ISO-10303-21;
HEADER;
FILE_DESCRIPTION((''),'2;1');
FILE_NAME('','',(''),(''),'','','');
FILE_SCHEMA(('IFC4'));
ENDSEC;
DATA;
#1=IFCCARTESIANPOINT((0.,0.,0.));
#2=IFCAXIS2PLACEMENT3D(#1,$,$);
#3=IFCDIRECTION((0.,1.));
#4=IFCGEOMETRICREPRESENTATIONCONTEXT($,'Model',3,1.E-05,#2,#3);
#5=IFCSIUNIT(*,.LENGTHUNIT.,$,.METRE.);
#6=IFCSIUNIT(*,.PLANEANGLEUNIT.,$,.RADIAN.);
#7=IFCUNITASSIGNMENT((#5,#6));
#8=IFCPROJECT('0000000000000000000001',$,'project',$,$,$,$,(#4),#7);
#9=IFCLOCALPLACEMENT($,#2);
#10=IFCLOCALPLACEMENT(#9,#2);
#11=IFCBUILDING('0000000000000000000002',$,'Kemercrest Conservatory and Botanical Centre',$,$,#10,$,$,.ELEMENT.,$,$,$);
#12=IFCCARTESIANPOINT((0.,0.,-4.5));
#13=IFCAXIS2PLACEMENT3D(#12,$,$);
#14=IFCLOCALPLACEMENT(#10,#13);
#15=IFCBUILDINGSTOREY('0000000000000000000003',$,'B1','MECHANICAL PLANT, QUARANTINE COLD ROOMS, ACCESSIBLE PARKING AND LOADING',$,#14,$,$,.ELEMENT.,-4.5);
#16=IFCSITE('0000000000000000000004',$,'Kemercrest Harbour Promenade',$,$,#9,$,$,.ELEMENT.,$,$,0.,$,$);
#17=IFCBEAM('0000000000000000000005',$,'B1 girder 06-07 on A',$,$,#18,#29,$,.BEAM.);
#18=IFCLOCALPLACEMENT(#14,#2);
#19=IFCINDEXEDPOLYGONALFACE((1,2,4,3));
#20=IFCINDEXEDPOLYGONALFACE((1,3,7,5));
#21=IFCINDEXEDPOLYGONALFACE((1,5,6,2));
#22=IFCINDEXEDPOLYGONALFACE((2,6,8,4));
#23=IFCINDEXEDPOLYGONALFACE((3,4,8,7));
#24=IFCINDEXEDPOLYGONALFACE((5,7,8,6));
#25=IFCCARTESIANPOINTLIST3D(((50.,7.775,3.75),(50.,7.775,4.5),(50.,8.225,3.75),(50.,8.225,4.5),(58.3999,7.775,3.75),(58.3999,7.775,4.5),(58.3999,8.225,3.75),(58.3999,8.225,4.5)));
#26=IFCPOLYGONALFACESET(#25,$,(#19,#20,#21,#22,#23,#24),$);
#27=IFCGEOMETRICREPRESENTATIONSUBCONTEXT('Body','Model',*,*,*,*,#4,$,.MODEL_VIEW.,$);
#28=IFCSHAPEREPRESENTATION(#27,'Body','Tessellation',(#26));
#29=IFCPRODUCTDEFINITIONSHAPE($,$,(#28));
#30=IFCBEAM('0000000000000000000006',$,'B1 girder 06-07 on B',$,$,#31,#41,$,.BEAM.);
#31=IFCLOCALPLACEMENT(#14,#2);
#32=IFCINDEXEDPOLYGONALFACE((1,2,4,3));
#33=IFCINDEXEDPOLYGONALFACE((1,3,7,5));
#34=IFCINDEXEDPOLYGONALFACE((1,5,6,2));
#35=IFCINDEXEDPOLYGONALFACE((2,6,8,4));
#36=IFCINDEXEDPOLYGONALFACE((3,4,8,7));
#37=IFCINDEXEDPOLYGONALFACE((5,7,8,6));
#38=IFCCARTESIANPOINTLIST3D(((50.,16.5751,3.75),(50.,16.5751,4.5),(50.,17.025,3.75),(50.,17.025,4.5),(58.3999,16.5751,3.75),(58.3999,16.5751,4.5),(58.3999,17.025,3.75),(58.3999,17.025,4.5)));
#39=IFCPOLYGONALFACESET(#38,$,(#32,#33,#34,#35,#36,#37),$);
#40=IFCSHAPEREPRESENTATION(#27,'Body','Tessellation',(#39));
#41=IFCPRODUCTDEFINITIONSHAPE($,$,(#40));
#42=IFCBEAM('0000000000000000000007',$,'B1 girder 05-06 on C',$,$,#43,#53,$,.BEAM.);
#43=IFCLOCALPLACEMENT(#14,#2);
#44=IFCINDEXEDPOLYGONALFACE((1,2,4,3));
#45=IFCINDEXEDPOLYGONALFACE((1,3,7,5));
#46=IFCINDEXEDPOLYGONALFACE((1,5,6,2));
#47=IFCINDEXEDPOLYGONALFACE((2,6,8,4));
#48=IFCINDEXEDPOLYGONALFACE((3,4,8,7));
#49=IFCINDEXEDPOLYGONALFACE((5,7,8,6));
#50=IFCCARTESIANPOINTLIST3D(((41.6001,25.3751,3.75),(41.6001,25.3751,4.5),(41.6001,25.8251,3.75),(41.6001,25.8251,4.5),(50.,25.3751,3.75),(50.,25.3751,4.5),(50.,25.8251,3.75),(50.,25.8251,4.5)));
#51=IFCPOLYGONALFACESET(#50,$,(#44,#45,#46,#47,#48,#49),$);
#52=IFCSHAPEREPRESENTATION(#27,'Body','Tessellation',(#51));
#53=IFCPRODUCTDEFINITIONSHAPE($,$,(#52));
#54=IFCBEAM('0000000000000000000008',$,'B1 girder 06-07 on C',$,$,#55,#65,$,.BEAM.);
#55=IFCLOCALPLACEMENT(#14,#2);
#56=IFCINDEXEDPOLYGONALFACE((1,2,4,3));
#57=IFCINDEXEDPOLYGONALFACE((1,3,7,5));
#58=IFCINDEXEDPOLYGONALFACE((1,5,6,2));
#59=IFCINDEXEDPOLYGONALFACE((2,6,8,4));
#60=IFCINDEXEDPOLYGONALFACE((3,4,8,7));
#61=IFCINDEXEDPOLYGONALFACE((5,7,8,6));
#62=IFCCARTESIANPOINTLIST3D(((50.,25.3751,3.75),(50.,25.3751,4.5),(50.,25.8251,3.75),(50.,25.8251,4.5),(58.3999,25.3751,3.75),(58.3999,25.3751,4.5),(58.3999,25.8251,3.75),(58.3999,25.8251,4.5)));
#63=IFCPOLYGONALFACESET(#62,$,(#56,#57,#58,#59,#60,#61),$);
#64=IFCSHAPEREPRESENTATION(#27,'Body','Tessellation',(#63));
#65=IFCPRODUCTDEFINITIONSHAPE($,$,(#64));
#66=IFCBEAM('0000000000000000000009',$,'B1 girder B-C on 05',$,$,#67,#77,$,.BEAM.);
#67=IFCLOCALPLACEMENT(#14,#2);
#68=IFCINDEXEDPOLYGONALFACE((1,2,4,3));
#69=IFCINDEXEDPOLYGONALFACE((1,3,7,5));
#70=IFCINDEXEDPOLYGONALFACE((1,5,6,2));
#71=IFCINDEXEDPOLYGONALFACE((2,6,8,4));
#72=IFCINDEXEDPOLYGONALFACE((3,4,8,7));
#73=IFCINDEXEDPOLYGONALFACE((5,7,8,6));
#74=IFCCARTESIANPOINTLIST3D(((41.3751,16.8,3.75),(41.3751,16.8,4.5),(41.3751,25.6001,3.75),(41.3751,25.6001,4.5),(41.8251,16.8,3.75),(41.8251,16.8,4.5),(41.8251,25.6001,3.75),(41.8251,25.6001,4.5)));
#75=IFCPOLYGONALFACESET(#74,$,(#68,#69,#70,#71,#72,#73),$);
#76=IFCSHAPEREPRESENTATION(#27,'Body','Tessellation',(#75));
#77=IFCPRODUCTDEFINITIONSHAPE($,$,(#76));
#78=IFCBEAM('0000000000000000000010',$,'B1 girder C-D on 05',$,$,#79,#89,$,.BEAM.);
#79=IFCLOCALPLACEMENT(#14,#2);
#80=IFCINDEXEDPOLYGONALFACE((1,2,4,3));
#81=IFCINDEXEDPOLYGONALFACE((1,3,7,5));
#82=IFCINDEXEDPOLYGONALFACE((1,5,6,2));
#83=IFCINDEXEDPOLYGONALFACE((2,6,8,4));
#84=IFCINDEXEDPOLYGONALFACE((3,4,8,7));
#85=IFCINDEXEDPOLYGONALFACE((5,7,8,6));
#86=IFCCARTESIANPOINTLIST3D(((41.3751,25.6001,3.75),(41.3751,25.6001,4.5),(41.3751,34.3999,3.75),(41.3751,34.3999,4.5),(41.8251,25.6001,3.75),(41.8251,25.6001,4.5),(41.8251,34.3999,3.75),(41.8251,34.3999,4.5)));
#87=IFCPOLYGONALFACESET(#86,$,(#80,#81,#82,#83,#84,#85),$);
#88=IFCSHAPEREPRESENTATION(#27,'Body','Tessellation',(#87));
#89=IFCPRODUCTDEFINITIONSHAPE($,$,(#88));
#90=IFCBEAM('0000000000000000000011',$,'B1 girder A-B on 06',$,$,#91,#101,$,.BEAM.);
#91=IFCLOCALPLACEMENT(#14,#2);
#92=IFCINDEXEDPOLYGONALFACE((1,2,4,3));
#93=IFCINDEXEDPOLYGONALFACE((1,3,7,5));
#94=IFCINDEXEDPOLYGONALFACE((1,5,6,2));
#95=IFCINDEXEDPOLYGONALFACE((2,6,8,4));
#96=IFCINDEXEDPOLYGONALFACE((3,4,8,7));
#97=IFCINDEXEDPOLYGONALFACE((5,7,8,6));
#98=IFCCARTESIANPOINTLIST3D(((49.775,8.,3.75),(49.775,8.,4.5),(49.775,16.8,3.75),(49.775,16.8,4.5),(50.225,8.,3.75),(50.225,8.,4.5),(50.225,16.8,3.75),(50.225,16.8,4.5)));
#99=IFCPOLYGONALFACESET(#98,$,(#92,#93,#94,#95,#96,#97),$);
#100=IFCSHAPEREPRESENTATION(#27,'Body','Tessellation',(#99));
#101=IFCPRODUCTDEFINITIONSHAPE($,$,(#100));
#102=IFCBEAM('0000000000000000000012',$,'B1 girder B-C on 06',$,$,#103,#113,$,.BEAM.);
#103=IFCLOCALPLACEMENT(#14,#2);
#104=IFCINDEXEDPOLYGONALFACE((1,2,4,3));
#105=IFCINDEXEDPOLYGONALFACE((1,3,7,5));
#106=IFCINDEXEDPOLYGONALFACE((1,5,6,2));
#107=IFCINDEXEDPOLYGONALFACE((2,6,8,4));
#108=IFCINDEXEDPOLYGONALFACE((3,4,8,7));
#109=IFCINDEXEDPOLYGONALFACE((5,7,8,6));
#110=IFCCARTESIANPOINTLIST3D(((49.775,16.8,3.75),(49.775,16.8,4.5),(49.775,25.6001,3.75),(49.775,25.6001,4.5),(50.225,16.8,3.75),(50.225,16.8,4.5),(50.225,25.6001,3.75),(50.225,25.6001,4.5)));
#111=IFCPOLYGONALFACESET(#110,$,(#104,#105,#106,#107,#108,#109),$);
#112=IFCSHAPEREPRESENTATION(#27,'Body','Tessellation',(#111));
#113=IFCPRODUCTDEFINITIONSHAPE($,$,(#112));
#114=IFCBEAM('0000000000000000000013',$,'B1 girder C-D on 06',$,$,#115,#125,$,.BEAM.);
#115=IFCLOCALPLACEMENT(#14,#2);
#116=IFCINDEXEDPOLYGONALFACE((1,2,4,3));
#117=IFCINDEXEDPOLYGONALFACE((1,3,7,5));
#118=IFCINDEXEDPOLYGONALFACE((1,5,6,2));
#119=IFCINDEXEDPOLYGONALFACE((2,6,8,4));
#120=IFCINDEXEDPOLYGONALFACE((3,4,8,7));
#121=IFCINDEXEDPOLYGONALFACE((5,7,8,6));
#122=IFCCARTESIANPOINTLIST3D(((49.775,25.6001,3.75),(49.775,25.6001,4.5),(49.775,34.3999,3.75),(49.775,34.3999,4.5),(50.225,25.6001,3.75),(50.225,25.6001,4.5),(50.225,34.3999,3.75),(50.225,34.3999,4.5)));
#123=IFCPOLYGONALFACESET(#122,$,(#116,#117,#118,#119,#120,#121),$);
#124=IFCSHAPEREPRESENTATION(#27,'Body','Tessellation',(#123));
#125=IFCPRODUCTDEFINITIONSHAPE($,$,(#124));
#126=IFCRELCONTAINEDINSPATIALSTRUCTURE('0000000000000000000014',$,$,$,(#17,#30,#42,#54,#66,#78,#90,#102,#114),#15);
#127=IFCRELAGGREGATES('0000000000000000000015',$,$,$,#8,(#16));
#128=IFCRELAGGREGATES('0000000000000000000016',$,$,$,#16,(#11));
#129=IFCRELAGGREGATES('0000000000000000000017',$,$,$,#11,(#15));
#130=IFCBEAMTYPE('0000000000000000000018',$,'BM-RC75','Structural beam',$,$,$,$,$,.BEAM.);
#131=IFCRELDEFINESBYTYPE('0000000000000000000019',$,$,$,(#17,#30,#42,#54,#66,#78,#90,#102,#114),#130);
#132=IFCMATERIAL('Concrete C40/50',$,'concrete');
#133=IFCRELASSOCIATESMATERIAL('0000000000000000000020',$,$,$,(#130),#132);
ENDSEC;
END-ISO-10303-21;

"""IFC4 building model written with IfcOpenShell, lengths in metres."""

from ifc_helpers import new_model, si_unit, direction, frame, origin, origin_2d, place, context, subcontext, project, spatial, rectangle, extrude, material, material_profile, profile_set, type_object, element, save


model = new_model("IFC4")

# Units and contexts
model_context = context("Model", 3, precision=1e-05, world=origin(), true_north=direction((0.0, 1.0)))
body_context = subcontext(model_context, "Body", "Model", "MODEL_VIEW")
ifc_project = project(units=[si_unit("LENGTHUNIT", "METRE"), si_unit("PLANEANGLEUNIT", "RADIAN")], contexts=[model_context])

# Site, building, storey
site_placement = place(None, origin())
site = spatial("IfcSite", under=ifc_project, at=site_placement, Name="Kemercrest Harbour Promenade", CompositionType="ELEMENT", RefElevation=0.0)
building_placement = place(site_placement, origin())
building = spatial("IfcBuilding", under=site, at=building_placement, Name="Kemercrest Conservatory and Botanical Centre", CompositionType="ELEMENT")
storey_placement = place(building_placement, frame((0.0, 0.0, -4.5)))
storey = spatial("IfcBuildingStorey", under=building, at=storey_placement, Name="B1", Description="MECHANICAL PLANT, QUARANTINE COLD ROOMS, ACCESSIBLE PARKING AND LOADING", CompositionType="ELEMENT", Elevation=-4.5)

# Shared definitions
ifc_material_1 = material(Name="Concrete C40/50", Category="concrete")

# Beams
ifc_material_profile_1 = material_profile(ifc_material_1, rectangle(XDim=0.45, YDim=0.75, at=origin_2d()), Name="RC 450x750")
ifc_profile_set_1 = profile_set([ifc_material_profile_1], Name="Concrete C40/50")
beam_type = type_object("IfcBeamType", Name="BM-RC75", Description="Structural beam", PredefinedType="BEAM", material=ifc_profile_set_1)
for number, where, z_axis, x_axis, name in (
    (1, (50.0, 8.0, 4.125), (1.0, 0.0, 0.0), (0.0, 1.0, 0.0), "B1 girder 06-07 on A"),
    (2, (50.0, 16.8, 4.125), (1.0, 0.0, 0.0), (0.0, 1.0, 0.0), "B1 girder 06-07 on B"),
    (3, (41.6001, 25.6001, 4.125), (1.0, 0.0, 0.0), (0.0, 1.0, 0.0), "B1 girder 05-06 on C"),
    (4, (50.0, 25.6001, 4.125), (1.0, 0.0, 0.0), (0.0, 1.0, 0.0), "B1 girder 06-07 on C"),
):
    element("IfcBeam", number, at=place(storey_placement, frame(where, z_axis=z_axis, x_axis=x_axis)), inside=storey, type_object=beam_type, Name=name, PredefinedType="BEAM", context=body_context, shape_type="SweptSolid", body=[
        extrude(rectangle(XDim=0.45, YDim=0.75, at=origin_2d()), origin(), (0.0, 0.0, 1.0), 8.3999),
    ])
beam_1_placement = place(storey_placement, frame((41.6001, 16.8, 4.125), z_axis=(0.0, 1.0, 0.0), x_axis=(-1.0, 0.0, 0.0)))
element("IfcBeam", 5, at=beam_1_placement, inside=storey, type_object=beam_type, Name="B1 girder B-C on 05", PredefinedType="BEAM", context=body_context, shape_type="SweptSolid", body=[
    extrude(rectangle(XDim=0.45, YDim=0.75, at=origin_2d()), origin(), (0.0, 0.0, 1.0), 8.8),
])
beam_2_placement = place(storey_placement, frame((41.6001, 25.6001, 4.125), z_axis=(0.0, 1.0, 0.0), x_axis=(-1.0, 0.0, 0.0)))
element("IfcBeam", 6, at=beam_2_placement, inside=storey, type_object=beam_type, Name="B1 girder C-D on 05", PredefinedType="BEAM", context=body_context, shape_type="SweptSolid", body=[
    extrude(rectangle(XDim=0.45, YDim=0.75, at=origin_2d()), origin(), (0.0, 0.0, 1.0), 8.7998),
])
for number, where, z_axis, x_axis, name in (
    (7, (50.0, 8.0, 4.125), (0.0, 1.0, 0.0), (-1.0, 0.0, 0.0), "B1 girder A-B on 06"),
    (8, (50.0, 16.8, 4.125), (0.0, 1.0, 0.0), (-1.0, 0.0, 0.0), "B1 girder B-C on 06"),
):
    element("IfcBeam", number, at=place(storey_placement, frame(where, z_axis=z_axis, x_axis=x_axis)), inside=storey, type_object=beam_type, Name=name, PredefinedType="BEAM", context=body_context, shape_type="SweptSolid", body=[
        extrude(rectangle(XDim=0.45, YDim=0.75, at=origin_2d()), origin(), (0.0, 0.0, 1.0), 8.8),
    ])
beam_3_placement = place(storey_placement, frame((50.0, 25.6001, 4.125), z_axis=(0.0, 1.0, 0.0), x_axis=(-1.0, 0.0, 0.0)))
element("IfcBeam", 9, at=beam_3_placement, inside=storey, type_object=beam_type, Name="B1 girder C-D on 06", PredefinedType="BEAM", context=body_context, shape_type="SweptSolid", body=[
    extrude(rectangle(XDim=0.45, YDim=0.75, at=origin_2d()), origin(), (0.0, 0.0, 1.0), 8.7998),
])

save(model, "model.ifc")
